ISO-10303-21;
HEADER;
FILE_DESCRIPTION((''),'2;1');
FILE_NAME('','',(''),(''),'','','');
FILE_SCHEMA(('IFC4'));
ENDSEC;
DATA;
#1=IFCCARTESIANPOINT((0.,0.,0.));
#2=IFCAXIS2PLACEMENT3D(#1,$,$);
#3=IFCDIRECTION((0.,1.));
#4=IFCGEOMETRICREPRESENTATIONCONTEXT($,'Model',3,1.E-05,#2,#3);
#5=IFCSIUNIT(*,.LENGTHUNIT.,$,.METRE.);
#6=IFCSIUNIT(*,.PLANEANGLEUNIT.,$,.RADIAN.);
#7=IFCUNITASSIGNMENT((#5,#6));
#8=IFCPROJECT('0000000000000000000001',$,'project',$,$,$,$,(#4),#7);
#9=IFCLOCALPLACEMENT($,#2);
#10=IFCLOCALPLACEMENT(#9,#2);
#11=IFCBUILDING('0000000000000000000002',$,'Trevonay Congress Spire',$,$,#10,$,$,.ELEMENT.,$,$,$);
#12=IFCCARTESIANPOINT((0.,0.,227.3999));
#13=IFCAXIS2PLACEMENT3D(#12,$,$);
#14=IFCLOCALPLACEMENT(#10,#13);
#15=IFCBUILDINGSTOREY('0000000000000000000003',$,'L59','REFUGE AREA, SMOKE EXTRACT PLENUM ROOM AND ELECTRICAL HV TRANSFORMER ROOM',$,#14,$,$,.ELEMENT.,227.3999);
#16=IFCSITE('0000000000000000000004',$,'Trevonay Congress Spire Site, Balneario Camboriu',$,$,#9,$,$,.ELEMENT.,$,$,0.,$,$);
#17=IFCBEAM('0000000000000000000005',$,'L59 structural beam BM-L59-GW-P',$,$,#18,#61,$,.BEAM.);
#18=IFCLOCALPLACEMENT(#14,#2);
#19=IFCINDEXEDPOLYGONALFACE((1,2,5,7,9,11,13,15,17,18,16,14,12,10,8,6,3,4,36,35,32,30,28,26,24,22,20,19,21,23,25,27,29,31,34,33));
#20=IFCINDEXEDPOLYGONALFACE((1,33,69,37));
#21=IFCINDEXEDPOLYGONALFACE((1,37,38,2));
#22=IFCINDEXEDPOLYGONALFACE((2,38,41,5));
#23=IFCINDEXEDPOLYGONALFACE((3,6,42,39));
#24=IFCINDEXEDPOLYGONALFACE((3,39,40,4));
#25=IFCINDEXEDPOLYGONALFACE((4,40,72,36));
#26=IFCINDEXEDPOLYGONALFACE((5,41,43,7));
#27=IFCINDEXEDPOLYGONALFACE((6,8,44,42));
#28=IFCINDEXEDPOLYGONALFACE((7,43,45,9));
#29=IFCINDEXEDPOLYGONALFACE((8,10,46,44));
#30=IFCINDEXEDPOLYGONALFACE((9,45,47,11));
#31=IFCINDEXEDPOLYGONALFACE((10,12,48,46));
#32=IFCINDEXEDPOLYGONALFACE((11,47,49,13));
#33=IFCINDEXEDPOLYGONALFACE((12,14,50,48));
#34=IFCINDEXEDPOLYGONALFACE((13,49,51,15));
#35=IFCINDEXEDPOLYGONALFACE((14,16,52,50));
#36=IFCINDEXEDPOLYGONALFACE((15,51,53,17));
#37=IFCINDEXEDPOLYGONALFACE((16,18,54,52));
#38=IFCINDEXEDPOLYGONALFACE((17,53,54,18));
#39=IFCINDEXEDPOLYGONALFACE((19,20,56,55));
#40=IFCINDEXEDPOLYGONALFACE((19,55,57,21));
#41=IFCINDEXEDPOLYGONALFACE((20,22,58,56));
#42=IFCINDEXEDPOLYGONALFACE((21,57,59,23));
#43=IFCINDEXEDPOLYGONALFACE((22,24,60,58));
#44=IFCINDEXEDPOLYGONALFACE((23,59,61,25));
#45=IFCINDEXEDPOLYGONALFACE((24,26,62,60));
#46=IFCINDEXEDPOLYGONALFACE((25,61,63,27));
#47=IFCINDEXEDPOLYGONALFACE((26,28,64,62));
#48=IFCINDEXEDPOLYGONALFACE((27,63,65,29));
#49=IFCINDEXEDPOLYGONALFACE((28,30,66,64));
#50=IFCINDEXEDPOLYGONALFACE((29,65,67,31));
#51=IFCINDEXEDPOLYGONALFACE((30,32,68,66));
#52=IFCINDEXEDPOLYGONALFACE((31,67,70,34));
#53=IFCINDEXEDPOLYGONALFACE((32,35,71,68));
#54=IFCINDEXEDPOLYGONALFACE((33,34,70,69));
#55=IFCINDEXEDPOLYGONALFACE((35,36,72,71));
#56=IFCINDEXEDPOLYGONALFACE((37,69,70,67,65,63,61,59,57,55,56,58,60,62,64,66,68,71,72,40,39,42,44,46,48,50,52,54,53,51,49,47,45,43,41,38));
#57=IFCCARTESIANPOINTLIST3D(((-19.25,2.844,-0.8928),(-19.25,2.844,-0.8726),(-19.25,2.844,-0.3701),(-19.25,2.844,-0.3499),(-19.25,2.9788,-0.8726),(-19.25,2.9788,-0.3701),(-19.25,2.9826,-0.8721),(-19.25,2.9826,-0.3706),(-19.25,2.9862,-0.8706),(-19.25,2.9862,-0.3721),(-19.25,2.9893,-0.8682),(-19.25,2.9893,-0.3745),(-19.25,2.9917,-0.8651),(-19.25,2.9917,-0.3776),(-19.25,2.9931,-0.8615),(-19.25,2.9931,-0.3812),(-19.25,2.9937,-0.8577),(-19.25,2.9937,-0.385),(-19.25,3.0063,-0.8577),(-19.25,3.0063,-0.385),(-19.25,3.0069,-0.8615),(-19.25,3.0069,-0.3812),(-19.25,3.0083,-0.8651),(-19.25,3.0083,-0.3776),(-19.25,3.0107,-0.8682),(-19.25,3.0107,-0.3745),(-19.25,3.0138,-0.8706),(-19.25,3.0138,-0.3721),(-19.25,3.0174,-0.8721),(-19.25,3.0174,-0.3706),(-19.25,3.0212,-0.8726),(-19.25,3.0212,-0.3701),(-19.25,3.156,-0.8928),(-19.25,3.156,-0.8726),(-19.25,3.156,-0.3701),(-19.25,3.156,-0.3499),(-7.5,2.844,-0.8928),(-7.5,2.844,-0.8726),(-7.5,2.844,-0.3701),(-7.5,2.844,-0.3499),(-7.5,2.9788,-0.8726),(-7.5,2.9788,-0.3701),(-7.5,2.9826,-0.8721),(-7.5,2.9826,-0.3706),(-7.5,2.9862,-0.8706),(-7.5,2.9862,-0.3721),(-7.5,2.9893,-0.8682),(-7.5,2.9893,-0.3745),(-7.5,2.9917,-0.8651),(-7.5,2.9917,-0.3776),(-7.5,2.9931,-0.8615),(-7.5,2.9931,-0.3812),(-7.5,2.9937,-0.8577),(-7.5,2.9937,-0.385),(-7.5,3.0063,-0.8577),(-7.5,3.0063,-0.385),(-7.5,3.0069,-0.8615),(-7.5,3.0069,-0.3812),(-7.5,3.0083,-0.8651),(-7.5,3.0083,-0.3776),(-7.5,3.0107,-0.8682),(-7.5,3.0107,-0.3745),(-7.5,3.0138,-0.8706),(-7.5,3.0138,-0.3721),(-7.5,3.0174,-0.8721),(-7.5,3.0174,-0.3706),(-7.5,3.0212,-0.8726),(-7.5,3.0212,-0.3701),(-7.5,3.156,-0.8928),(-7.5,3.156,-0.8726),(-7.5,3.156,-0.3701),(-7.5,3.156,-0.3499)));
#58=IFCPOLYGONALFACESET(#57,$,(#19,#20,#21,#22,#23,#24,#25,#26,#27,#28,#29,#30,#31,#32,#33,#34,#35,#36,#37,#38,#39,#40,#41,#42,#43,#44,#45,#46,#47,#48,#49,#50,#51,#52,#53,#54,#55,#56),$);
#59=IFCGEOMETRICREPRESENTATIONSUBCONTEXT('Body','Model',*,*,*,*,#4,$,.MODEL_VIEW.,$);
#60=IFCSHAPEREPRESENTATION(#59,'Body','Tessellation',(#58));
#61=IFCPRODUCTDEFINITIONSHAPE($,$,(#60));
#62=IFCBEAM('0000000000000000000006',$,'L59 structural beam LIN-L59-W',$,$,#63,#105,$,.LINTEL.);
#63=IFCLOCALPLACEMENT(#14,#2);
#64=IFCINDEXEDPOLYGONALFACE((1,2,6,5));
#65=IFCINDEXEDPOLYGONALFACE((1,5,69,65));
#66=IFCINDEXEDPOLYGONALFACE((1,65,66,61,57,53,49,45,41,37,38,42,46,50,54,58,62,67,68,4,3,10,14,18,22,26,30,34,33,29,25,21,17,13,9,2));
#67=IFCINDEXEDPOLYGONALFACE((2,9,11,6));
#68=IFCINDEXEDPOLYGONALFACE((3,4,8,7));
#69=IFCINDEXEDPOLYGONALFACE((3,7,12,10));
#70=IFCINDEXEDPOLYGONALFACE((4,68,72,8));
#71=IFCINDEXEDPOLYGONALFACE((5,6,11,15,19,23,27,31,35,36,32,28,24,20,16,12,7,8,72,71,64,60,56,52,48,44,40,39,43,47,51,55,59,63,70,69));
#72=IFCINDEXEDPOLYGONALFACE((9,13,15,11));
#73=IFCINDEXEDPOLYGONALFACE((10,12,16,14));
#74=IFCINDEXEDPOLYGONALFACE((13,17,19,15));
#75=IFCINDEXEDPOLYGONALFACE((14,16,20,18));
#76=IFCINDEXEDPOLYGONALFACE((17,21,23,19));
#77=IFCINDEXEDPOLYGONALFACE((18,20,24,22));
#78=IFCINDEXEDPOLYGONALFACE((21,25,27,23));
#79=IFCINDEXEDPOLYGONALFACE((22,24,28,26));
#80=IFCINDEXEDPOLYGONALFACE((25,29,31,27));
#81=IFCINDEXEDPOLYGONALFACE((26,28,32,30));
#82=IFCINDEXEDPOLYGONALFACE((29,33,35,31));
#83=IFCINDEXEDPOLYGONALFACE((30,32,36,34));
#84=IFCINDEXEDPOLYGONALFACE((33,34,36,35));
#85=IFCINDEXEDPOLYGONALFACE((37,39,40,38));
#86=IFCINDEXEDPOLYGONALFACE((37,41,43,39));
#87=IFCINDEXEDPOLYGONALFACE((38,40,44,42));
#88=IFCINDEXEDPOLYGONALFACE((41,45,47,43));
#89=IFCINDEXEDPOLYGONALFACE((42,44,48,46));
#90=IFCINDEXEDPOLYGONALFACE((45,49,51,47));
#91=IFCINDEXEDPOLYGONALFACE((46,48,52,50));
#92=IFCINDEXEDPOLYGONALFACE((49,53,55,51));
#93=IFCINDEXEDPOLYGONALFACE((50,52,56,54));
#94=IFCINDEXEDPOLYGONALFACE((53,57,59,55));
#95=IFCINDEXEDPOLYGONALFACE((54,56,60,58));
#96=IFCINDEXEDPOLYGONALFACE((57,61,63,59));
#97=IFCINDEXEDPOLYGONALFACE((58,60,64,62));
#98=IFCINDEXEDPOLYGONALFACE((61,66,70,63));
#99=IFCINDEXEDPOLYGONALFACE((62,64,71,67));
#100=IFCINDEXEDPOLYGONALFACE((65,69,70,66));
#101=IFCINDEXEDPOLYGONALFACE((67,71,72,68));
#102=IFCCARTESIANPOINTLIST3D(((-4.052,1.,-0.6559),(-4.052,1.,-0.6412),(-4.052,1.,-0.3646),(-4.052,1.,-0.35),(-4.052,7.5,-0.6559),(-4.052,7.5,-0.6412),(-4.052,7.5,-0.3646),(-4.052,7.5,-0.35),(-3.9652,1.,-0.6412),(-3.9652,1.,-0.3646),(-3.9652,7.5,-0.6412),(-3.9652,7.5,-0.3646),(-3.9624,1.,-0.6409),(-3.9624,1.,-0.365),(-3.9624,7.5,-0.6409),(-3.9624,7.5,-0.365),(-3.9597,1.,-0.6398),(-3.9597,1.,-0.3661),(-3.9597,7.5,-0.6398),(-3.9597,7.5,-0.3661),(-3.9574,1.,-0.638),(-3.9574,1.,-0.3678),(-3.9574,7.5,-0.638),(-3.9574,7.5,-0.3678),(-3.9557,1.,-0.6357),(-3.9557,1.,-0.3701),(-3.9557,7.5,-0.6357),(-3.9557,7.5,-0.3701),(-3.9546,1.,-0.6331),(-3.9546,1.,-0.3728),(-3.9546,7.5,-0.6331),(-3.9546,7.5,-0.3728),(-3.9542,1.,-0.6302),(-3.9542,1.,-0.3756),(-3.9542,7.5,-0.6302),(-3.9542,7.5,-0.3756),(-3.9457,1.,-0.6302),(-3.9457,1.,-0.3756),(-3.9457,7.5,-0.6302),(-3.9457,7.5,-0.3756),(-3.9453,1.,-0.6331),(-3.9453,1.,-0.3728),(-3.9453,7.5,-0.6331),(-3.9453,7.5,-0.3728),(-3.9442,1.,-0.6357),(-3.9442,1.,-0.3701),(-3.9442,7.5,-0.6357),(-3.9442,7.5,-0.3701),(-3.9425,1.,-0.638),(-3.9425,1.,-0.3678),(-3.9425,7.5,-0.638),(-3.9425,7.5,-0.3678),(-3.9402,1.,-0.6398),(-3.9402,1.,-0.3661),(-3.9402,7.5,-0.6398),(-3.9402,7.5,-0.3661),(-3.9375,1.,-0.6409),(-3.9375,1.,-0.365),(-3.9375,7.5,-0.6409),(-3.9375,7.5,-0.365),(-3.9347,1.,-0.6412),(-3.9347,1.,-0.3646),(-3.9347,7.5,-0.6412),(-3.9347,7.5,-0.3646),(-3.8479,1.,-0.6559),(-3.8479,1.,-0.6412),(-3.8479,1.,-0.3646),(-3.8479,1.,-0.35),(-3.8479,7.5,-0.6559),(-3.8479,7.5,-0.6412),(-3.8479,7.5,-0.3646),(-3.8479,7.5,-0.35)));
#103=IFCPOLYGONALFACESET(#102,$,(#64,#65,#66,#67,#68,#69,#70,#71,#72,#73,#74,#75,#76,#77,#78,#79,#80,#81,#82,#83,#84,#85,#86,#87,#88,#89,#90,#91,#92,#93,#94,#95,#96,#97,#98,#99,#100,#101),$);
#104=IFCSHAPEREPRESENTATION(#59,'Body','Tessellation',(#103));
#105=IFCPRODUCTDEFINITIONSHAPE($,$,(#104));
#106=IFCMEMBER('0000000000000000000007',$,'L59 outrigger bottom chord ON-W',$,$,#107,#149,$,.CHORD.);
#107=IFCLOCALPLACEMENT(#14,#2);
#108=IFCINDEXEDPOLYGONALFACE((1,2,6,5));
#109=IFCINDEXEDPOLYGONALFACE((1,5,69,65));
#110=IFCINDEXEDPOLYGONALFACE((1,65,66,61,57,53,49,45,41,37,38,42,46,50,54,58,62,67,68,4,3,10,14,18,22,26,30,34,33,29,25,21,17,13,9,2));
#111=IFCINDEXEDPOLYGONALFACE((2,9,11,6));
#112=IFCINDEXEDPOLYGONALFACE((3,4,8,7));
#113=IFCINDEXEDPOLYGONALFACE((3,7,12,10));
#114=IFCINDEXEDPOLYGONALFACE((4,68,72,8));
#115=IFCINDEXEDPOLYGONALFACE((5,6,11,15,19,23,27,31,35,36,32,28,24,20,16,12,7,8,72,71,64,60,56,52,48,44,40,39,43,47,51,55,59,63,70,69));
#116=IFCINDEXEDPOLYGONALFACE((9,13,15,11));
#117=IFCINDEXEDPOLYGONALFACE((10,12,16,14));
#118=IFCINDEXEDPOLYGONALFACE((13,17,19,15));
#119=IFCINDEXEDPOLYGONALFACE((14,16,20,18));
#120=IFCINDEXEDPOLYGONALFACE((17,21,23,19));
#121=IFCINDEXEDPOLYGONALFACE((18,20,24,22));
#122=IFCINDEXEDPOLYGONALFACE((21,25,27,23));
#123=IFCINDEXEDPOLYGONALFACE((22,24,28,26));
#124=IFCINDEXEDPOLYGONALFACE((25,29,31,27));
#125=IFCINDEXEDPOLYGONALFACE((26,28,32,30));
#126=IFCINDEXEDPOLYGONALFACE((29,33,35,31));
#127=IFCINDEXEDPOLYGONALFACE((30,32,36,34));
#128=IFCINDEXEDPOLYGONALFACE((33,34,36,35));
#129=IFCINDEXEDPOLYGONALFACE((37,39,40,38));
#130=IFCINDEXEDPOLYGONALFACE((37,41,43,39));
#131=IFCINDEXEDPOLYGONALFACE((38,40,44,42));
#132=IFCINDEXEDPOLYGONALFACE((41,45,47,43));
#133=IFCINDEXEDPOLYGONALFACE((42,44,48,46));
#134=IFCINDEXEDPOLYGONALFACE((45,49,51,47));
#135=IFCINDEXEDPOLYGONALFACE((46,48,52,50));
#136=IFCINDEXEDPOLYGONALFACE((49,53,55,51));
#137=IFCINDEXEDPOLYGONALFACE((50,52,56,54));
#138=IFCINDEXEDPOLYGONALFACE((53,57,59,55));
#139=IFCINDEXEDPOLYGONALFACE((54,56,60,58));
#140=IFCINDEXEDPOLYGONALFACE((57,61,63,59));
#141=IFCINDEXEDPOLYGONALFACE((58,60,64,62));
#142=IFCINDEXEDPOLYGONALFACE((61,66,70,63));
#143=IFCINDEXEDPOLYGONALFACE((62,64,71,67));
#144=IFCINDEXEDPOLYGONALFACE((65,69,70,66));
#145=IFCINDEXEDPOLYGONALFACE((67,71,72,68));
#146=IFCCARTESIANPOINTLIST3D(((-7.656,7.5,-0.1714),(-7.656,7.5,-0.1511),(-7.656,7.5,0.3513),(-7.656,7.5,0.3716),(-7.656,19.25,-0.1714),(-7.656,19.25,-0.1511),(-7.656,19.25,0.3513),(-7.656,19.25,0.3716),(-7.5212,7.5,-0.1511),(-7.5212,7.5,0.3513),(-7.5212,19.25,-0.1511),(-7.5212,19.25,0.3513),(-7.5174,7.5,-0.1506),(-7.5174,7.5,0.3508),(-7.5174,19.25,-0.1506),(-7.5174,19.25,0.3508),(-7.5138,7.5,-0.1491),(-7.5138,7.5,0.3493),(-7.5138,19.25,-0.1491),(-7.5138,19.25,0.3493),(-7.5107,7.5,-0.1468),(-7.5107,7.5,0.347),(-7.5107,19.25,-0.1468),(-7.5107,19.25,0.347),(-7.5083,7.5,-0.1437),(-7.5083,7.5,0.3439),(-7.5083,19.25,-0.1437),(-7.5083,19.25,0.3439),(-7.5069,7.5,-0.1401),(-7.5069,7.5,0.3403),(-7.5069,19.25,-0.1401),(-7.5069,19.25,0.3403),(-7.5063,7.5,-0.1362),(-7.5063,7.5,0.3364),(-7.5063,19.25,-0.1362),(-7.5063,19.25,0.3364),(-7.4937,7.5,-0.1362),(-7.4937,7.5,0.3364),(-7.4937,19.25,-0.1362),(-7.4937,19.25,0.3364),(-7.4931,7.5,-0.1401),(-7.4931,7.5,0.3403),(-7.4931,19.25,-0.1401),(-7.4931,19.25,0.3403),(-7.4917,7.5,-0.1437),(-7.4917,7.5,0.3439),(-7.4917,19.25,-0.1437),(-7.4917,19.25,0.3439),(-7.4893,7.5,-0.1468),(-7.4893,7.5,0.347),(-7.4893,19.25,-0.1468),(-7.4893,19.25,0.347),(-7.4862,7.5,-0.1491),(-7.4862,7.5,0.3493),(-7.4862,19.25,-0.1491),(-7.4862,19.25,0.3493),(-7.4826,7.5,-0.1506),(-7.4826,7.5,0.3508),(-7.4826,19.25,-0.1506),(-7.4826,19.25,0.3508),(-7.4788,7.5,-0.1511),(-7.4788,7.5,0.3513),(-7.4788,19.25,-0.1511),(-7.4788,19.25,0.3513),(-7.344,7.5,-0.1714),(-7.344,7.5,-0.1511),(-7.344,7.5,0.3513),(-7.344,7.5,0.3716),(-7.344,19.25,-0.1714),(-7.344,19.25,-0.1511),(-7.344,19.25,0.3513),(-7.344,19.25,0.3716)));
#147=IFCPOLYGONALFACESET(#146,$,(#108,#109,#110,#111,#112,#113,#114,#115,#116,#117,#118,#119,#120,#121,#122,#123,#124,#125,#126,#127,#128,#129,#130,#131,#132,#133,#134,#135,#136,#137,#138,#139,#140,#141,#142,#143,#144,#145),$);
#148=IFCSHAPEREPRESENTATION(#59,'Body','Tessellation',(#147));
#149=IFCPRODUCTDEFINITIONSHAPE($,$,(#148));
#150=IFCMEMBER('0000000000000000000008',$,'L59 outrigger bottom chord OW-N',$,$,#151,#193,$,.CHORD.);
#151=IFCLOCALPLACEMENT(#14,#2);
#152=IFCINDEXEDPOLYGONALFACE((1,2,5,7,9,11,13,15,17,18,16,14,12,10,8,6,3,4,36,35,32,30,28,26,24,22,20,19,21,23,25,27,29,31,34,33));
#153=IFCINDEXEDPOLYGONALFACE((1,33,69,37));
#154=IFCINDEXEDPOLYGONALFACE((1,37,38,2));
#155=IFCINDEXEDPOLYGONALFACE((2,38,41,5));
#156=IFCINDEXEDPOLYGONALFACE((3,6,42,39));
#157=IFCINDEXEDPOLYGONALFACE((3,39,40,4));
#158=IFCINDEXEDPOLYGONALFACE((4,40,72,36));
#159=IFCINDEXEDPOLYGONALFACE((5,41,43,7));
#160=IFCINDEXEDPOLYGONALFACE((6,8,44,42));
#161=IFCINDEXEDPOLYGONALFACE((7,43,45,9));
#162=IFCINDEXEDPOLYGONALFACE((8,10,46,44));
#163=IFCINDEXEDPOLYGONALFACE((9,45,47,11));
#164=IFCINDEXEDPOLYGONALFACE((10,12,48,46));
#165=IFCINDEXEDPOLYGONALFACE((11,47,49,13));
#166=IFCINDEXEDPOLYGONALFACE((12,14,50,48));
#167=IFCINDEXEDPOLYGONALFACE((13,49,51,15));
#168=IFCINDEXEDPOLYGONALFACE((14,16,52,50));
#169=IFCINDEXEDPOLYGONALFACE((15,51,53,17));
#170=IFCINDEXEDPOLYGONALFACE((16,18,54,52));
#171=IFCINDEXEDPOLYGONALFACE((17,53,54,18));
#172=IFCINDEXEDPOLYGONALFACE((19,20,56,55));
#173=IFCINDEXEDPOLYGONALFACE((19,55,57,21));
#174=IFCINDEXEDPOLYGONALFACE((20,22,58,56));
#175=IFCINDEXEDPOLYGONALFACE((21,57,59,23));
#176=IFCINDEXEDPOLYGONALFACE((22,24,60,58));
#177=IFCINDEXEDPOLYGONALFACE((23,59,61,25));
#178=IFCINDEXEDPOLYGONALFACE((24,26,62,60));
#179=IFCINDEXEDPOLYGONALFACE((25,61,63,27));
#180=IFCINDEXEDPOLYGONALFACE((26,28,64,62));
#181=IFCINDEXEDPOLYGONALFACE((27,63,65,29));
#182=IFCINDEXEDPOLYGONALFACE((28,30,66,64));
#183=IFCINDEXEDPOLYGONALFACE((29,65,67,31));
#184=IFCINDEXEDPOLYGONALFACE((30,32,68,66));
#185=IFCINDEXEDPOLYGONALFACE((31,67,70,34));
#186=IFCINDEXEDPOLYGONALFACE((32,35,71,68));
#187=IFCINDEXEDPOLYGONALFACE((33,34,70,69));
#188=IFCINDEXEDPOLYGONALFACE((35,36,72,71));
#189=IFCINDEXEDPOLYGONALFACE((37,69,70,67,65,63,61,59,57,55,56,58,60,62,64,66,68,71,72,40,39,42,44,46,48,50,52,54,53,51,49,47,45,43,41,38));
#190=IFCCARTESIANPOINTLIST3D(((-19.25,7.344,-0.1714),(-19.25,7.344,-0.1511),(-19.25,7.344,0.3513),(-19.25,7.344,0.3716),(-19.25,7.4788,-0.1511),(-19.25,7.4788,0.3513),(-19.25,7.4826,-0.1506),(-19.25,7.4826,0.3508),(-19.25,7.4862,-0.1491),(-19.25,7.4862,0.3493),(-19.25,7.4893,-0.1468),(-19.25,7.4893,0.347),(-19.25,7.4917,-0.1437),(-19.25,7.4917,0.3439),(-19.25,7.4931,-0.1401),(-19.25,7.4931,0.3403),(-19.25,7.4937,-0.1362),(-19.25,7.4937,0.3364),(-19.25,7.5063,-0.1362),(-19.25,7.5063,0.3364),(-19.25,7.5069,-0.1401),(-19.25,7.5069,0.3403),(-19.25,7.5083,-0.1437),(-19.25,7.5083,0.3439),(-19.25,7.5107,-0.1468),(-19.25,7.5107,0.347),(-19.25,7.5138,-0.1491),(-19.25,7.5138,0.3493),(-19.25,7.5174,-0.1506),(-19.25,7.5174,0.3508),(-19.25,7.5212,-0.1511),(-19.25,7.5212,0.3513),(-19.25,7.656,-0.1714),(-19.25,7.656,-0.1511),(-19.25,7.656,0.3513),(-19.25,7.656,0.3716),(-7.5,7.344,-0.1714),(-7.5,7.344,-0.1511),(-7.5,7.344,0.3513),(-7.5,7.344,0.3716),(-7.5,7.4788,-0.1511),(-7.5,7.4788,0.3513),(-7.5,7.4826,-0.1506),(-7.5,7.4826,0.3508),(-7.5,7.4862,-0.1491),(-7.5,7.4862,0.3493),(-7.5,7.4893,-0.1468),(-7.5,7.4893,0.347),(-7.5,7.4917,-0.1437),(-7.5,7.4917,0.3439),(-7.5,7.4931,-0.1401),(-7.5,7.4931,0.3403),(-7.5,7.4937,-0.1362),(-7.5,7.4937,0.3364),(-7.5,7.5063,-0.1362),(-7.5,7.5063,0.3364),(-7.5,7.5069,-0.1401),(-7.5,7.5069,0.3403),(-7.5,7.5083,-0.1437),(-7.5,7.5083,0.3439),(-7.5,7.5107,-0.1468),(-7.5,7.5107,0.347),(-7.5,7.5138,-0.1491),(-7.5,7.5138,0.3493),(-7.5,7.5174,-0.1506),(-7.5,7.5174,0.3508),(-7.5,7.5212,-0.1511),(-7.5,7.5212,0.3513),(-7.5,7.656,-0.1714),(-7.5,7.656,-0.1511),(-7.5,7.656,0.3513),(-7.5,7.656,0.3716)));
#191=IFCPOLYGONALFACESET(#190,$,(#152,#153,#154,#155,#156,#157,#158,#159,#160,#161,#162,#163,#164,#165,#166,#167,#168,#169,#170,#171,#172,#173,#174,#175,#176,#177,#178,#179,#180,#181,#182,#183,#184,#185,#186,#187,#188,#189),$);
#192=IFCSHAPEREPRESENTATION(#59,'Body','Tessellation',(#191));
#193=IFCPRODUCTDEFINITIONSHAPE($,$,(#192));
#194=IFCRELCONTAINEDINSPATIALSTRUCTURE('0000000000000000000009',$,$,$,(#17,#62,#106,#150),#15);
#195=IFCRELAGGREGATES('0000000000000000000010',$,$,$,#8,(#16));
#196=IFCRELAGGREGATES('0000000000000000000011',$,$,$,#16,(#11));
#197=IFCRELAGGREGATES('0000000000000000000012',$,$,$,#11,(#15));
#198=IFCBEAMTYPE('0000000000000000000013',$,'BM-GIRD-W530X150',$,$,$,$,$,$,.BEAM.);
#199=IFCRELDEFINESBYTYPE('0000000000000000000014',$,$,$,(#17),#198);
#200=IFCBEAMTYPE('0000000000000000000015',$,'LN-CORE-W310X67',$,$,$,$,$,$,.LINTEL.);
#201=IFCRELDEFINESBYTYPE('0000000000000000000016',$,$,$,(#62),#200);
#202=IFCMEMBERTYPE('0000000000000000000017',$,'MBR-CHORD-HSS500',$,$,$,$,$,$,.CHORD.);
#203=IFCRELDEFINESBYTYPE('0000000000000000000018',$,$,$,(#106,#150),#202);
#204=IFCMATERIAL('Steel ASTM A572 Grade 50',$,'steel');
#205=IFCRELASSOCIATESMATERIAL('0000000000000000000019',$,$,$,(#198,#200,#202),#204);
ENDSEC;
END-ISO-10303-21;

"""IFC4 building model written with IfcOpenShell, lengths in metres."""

from ifc_helpers import new_model, si_unit, direction, frame, origin, origin_2d, place, context, subcontext, project, spatial, i_section, extrude, material, material_profile, profile_set, type_object, element, save


model = new_model("IFC4")

# Units and contexts
model_context = context("Model", 3, precision=1e-05, world=origin(), true_north=direction((0.0, 1.0)))
body_context = subcontext(model_context, "Body", "Model", "MODEL_VIEW")
ifc_project = project(units=[si_unit("LENGTHUNIT", "METRE"), si_unit("PLANEANGLEUNIT", "RADIAN")], contexts=[model_context])

# Site, building, storey
site_placement = place(None, origin())
site = spatial("IfcSite", under=ifc_project, at=site_placement, Name="Trevonay Congress Spire Site, Balneario Camboriu", CompositionType="ELEMENT", RefElevation=0.0)
building_placement = place(site_placement, origin())
building = spatial("IfcBuilding", under=site, at=building_placement, Name="Trevonay Congress Spire", CompositionType="ELEMENT")
storey_placement = place(building_placement, frame((0.0, 0.0, 227.3999)))
storey = spatial("IfcBuildingStorey", under=building, at=storey_placement, Name="L59", Description="REFUGE AREA, SMOKE EXTRACT PLENUM ROOM AND ELECTRICAL HV TRANSFORMER ROOM", CompositionType="ELEMENT", Elevation=227.3999)

# Shared definitions
ifc_material_1 = material(Name="Steel ASTM A572 Grade 50", Category="steel")

# Beams
ifc_material_profile_1 = material_profile(ifc_material_1, i_section(OverallWidth=0.312, OverallDepth=0.543, WebThickness=0.0127, FlangeThickness=0.0203, FilletRadius=0.0149, at=origin_2d()), Name="W530x150")
ifc_profile_set_1 = profile_set([ifc_material_profile_1], Name="Steel ASTM A572 Grade 50")
beam_type_1 = type_object("IfcBeamType", Name="BM-GIRD-W530X150", PredefinedType="BEAM", material=ifc_profile_set_1)
beam_1_placement = place(storey_placement, frame((-7.5, 3.0, -0.6213), z_axis=(-1.0, 0.0, 0.0), x_axis=(0.0, -1.0, 0.0)))
element("IfcBeam", 1, at=beam_1_placement, inside=storey, type_object=beam_type_1, Name="L59 structural beam BM-L59-GW-P", PredefinedType="BEAM", context=body_context, shape_type="SweptSolid", body=[
    extrude(i_section(OverallWidth=0.312, OverallDepth=0.543, WebThickness=0.0127, FlangeThickness=0.0203, FilletRadius=0.0149, at=origin_2d()), origin(), (0.0, 0.0, 1.0), 11.75),
])
ifc_material_profile_2 = material_profile(ifc_material_1, i_section(OverallWidth=0.2041, OverallDepth=0.3059, WebThickness=0.0085, FlangeThickness=0.0146, FilletRadius=0.011, at=origin_2d()), Name="W310x67")
ifc_profile_set_2 = profile_set([ifc_material_profile_2], Name="Steel ASTM A572 Grade 50")
beam_type_2 = type_object("IfcBeamType", Name="LN-CORE-W310X67", PredefinedType="LINTEL", material=ifc_profile_set_2)
beam_2_placement = place(storey_placement, frame((-3.95, 1.0, -0.5029), z_axis=(0.0, 1.0, 0.0), x_axis=(-1.0, 0.0, 0.0)))
element("IfcBeam", 2, at=beam_2_placement, inside=storey, type_object=beam_type_2, Name="L59 structural beam LIN-L59-W", PredefinedType="LINTEL", context=body_context, shape_type="SweptSolid", body=[
    extrude(i_section(OverallWidth=0.2041, OverallDepth=0.3059, WebThickness=0.0085, FlangeThickness=0.0146, FilletRadius=0.011, at=origin_2d()), origin(), (0.0, 0.0, 1.0), 6.5),
])

# Members
ifc_material_profile_3 = material_profile(ifc_material_1, i_section(OverallWidth=0.312, OverallDepth=0.543, WebThickness=0.0127, FlangeThickness=0.0203, FilletRadius=0.0149, at=origin_2d()), Name="W530x150")
ifc_profile_set_3 = profile_set([ifc_material_profile_3], Name="Steel ASTM A572 Grade 50")
member_type_1 = type_object("IfcMemberType", Name="MBR-CHORD-HSS500", PredefinedType="CHORD", material=ifc_profile_set_3)
for number, where, z_axis, x_axis, name in (
    (3, (-7.5, 7.5, 0.1001), (0.0, 1.0, 0.0), (-1.0, 0.0, 0.0), "L59 outrigger bottom chord ON-W"),
    (4, (-7.5, 7.5, 0.1001), (-1.0, 0.0, 0.0), (0.0, -1.0, 0.0), "L59 outrigger bottom chord OW-N"),
):
    element("IfcMember", number, at=place(storey_placement, frame(where, z_axis=z_axis, x_axis=x_axis)), inside=storey, type_object=member_type_1, Name=name, PredefinedType="CHORD", context=body_context, shape_type="SweptSolid", body=[
        extrude(i_section(OverallWidth=0.312, OverallDepth=0.543, WebThickness=0.0127, FlangeThickness=0.0203, FilletRadius=0.0149, at=origin_2d()), origin(), (0.0, 0.0, 1.0), 11.75),
    ])

save(model, "model.ifc")
